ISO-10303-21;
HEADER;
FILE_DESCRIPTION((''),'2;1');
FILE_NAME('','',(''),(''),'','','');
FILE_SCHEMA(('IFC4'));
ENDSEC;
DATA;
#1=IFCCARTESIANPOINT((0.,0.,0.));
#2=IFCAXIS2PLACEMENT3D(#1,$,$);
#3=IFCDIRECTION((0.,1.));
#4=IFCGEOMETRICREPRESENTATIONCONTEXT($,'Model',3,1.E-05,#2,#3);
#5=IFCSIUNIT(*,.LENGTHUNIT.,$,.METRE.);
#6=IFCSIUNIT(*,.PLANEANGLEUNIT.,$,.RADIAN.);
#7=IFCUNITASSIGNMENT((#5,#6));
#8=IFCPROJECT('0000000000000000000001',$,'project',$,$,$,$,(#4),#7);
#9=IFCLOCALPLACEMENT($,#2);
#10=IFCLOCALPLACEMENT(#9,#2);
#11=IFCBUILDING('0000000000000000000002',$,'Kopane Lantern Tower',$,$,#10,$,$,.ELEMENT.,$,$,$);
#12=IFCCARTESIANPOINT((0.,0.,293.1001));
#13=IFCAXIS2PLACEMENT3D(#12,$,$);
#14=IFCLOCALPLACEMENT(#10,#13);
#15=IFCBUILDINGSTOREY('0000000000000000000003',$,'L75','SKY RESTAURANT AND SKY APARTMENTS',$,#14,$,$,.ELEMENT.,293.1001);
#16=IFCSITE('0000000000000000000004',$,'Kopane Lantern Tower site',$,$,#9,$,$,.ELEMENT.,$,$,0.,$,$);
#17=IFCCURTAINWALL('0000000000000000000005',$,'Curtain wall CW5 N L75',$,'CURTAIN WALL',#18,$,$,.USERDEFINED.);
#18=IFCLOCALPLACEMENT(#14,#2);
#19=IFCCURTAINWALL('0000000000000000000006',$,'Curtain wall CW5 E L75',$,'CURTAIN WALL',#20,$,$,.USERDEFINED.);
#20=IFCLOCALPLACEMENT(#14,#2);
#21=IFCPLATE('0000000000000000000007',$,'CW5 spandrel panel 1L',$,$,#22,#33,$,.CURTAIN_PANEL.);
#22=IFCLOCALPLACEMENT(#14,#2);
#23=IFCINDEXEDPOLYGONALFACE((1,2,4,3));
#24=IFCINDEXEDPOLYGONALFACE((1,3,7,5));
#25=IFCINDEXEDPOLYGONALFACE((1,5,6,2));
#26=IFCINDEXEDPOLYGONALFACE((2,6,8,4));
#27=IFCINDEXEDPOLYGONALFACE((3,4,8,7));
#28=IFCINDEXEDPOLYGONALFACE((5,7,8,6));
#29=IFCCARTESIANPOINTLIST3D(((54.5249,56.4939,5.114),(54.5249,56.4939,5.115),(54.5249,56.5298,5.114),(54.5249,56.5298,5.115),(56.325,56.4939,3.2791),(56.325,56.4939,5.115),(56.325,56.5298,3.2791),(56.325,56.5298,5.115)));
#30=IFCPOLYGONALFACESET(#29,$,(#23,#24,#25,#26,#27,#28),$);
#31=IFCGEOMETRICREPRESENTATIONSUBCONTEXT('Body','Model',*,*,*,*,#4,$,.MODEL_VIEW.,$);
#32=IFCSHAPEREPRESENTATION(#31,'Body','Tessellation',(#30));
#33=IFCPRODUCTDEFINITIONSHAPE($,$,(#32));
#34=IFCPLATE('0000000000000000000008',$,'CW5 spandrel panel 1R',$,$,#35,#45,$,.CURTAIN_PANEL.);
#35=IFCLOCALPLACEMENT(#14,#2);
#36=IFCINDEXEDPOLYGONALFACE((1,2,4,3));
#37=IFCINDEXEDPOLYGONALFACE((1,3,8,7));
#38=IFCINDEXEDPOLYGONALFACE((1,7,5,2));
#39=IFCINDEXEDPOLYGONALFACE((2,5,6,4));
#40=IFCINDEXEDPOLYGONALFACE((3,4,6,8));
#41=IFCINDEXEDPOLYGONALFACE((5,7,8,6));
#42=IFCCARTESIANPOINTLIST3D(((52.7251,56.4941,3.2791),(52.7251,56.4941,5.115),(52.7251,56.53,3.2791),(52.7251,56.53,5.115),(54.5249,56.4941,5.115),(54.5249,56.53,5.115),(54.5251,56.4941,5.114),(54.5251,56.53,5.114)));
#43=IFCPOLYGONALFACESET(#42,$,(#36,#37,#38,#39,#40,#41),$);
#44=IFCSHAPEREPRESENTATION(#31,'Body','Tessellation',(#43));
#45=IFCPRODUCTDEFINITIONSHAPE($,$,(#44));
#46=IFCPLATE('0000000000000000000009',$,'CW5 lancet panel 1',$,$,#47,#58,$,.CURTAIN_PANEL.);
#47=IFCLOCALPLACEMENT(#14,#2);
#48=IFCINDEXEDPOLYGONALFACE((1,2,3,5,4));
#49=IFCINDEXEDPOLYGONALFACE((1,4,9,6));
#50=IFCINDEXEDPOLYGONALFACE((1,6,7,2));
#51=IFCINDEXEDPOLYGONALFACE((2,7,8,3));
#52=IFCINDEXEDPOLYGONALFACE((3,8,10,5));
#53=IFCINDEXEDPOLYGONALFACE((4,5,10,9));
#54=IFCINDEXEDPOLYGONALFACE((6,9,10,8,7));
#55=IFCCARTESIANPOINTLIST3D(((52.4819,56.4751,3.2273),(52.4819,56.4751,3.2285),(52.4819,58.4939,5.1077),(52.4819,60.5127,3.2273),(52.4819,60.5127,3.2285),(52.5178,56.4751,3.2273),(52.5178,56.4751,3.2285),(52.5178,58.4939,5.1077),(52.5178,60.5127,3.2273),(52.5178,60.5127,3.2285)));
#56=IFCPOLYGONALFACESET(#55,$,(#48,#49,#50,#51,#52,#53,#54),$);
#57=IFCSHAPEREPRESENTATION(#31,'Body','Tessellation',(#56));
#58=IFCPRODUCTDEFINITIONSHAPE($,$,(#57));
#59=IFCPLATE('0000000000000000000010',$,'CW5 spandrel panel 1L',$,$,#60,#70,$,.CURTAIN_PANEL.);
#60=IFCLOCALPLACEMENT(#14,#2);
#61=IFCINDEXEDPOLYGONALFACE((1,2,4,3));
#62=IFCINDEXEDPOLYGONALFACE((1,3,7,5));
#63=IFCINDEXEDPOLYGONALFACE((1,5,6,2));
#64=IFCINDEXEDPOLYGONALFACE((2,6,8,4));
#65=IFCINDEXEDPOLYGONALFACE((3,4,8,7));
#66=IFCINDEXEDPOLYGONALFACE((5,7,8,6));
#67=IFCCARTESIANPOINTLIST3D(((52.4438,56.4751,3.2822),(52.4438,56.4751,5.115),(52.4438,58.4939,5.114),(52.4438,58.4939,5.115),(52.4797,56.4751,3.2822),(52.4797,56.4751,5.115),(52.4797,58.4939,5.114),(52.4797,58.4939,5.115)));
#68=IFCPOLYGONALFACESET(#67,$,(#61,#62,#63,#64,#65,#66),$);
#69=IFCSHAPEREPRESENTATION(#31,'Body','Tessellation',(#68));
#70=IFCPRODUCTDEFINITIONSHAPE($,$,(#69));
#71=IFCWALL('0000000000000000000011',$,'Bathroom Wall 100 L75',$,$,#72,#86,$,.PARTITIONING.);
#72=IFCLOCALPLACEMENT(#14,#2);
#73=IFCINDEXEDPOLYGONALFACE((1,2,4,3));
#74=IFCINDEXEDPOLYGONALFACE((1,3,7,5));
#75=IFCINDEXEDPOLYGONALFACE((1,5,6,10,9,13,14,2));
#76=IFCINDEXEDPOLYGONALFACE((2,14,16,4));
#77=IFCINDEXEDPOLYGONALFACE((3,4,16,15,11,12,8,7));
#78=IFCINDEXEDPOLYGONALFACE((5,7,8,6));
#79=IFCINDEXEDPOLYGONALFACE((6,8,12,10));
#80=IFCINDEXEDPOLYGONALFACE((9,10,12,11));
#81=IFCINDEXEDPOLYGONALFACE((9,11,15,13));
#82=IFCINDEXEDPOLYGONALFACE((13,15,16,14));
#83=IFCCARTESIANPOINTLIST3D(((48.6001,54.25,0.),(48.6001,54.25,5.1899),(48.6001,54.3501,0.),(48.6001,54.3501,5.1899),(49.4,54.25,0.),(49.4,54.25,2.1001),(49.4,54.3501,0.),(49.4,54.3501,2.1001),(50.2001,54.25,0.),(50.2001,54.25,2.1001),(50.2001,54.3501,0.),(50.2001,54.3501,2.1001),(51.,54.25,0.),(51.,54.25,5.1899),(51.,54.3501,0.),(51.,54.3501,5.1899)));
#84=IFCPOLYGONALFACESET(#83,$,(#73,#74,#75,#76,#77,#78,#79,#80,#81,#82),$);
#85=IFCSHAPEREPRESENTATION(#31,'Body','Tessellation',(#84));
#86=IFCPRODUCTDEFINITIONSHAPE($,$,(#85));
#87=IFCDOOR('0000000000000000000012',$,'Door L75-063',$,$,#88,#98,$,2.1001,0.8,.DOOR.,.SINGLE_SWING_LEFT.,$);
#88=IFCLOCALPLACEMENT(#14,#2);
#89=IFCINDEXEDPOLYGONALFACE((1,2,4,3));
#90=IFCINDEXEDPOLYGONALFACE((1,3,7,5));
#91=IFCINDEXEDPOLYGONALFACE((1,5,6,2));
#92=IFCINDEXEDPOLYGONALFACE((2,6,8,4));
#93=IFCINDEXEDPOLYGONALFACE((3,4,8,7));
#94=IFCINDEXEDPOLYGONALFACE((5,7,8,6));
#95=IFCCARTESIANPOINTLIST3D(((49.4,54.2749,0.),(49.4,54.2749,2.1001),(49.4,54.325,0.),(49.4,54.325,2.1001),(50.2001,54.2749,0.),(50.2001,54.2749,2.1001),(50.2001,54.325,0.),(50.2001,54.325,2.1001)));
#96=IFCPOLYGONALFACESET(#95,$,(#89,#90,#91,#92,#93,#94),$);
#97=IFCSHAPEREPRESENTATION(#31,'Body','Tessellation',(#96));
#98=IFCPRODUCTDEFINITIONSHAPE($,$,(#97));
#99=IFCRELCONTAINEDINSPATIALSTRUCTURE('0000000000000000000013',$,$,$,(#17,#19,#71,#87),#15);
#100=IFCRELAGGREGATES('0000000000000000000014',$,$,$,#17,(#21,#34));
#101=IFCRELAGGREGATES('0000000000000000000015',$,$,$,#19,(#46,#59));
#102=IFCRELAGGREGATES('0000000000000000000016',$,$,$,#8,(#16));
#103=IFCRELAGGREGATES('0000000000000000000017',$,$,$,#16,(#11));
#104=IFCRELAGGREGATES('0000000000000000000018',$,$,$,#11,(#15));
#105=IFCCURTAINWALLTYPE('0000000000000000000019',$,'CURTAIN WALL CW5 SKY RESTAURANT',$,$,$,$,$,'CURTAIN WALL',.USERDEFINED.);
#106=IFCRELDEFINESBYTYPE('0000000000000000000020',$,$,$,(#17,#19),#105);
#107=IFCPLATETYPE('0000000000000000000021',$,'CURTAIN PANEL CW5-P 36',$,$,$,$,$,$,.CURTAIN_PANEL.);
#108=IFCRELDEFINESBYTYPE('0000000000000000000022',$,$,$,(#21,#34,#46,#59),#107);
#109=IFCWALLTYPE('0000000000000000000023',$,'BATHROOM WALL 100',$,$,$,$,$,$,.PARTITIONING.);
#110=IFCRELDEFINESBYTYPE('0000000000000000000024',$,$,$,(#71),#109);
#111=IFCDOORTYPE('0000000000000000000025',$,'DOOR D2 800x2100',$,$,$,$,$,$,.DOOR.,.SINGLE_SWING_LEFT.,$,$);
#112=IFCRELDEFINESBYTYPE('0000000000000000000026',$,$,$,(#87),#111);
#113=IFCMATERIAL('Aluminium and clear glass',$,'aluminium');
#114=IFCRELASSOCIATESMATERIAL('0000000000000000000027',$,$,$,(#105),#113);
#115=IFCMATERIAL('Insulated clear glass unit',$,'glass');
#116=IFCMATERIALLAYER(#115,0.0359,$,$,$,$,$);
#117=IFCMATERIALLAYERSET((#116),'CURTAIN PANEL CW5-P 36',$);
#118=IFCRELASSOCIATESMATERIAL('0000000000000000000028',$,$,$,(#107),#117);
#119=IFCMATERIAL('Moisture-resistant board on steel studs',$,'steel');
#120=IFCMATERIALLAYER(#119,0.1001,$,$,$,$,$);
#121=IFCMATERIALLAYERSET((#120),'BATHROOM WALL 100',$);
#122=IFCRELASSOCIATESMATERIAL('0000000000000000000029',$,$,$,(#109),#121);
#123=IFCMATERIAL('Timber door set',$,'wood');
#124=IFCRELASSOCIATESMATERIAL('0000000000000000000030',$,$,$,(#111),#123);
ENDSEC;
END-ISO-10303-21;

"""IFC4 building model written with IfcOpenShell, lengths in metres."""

from ifc_helpers import new_model, si_unit, direction, frame, frame_2d, origin, place, context, subcontext, project, spatial, polyline, rectangle, outline, extrude, material, layer, layer_set, type_object, element, fill, aggregate, save


model = new_model("IFC4")

# Units and contexts
model_context = context("Model", 3, precision=1e-05, world=origin(), true_north=direction((0.0, 1.0)))
body_context = subcontext(model_context, "Body", "Model", "MODEL_VIEW")
ifc_project = project(units=[si_unit("LENGTHUNIT", "METRE"), si_unit("PLANEANGLEUNIT", "RADIAN")], contexts=[model_context])

# Site, building, storey
site_placement = place(None, origin())
site = spatial("IfcSite", under=ifc_project, at=site_placement, Name="Kopane Lantern Tower site", CompositionType="ELEMENT", RefElevation=0.0)
building_placement = place(site_placement, origin())
building = spatial("IfcBuilding", under=site, at=building_placement, Name="Kopane Lantern Tower", CompositionType="ELEMENT")
storey_placement = place(building_placement, frame((0.0, 0.0, 293.1001)))
storey = spatial("IfcBuildingStorey", under=building, at=storey_placement, Name="L75", Description="SKY RESTAURANT AND SKY APARTMENTS", CompositionType="ELEMENT", Elevation=293.1001)

# Curtain walls
ifc_material_1 = material(Name="Aluminium and clear glass", Category="aluminium")
curtain_wall_type = type_object("IfcCurtainWallType", Name="CURTAIN WALL CW5 SKY RESTAURANT", ElementType="CURTAIN WALL", PredefinedType="USERDEFINED", material=ifc_material_1)
curtain_wall_1_placement = place(storey_placement, origin())
curtain_wall_1 = element("IfcCurtainWall", 1, at=curtain_wall_1_placement, inside=storey, type_object=curtain_wall_type, Name="Curtain wall CW5 N L75", ObjectType="CURTAIN WALL", PredefinedType="USERDEFINED")
curtain_wall_2_placement = place(storey_placement, origin())
curtain_wall_2 = element("IfcCurtainWall", 2, at=curtain_wall_2_placement, inside=storey, type_object=curtain_wall_type, Name="Curtain wall CW5 E L75", ObjectType="CURTAIN WALL", PredefinedType="USERDEFINED")

# Plates
ifc_material_2 = material(Name="Insulated clear glass unit", Category="glass")
ifc_layer_1 = layer(ifc_material_2, 0.0359)
ifc_layer_set_1 = layer_set([ifc_layer_1], Name="CURTAIN PANEL CW5-P 36")
plate_type = type_object("IfcPlateType", Name="CURTAIN PANEL CW5-P 36", PredefinedType="CURTAIN_PANEL", material=ifc_layer_set_1)
plate_1_placement = place(storey_placement, frame((56.325, 56.512, 5.115), z_axis=(0.0, 0.0, 1.0), x_axis=(-1.0, 0.0, 0.0)))
plate_1 = element("IfcPlate", 3, at=plate_1_placement, type_object=plate_type, Name="CW5 spandrel panel 1L", PredefinedType="CURTAIN_PANEL", context=body_context, shape_type="SweptSolid", body=[
    extrude(outline(polyline([(0.0, 0.0), (1.8, 0.0), (1.8, -0.001), (0.0, -1.8359), (0.0, 0.0)])), frame((0.0, 0.0181, 0.0), z_axis=(0.0, -1.0, 0.0), x_axis=(1.0, 0.0, 0.0)), (0.0, 0.0, 1.0), 0.0359),
])
plate_2_placement = place(storey_placement, frame((52.7251, 56.512, 5.115), z_axis=(0.0, 0.0, 1.0), x_axis=(1.0, 0.0, 0.0)))
plate_2 = element("IfcPlate", 4, at=plate_2_placement, type_object=plate_type, Name="CW5 spandrel panel 1R", PredefinedType="CURTAIN_PANEL", context=body_context, shape_type="SweptSolid", body=[
    extrude(outline(polyline([(0.0, 0.0), (1.7998, 0.0), (1.8, -0.001), (0.0, -1.8359), (0.0, 0.0)])), frame((0.0, 0.0181, 0.0), z_axis=(0.0, -1.0, 0.0), x_axis=(1.0, 0.0, 0.0)), (0.0, 0.0, 1.0), 0.0359),
])
aggregate(curtain_wall_1, [plate_1, plate_2])
plate_3_placement = place(storey_placement, frame((52.5, 56.4751, 3.2273), z_axis=(0.0, 0.0, 1.0), x_axis=(0.0, 1.0, 0.0)))
plate_3 = element("IfcPlate", 5, at=plate_3_placement, type_object=plate_type, Name="CW5 lancet panel 1", PredefinedType="CURTAIN_PANEL", context=body_context, shape_type="SweptSolid", body=[
    extrude(outline(polyline([(0.0, 0.0), (4.0376, 0.0), (4.0376, 0.0012), (2.0188, 1.8804), (0.0, 0.0012), (0.0, 0.0)])), frame((0.0, 0.0181, 0.0), z_axis=(0.0, -1.0, 0.0), x_axis=(1.0, 0.0, 0.0)), (0.0, 0.0, 1.0), 0.0359),
])
plate_4_placement = place(storey_placement, frame((52.4619, 56.4751, 5.115), z_axis=(0.0, 0.0, 1.0), x_axis=(0.0, 1.0, 0.0)))
plate_4 = element("IfcPlate", 6, at=plate_4_placement, type_object=plate_type, Name="CW5 spandrel panel 1L", PredefinedType="CURTAIN_PANEL", context=body_context, shape_type="SweptSolid", body=[
    extrude(outline(polyline([(0.0, 0.0), (2.0188, 0.0), (2.0188, -0.001), (0.0, -1.8328), (0.0, 0.0)])), frame((0.0, 0.0181, 0.0), z_axis=(0.0, -1.0, 0.0), x_axis=(1.0, 0.0, 0.0)), (0.0, 0.0, 1.0), 0.0359),
])
aggregate(curtain_wall_2, [plate_3, plate_4])

# Wall, opening, door
ifc_material_3 = material(Name="Moisture-resistant board on steel studs", Category="steel")
ifc_layer_2 = layer(ifc_material_3, 0.1001)
ifc_layer_set_2 = layer_set([ifc_layer_2], Name="BATHROOM WALL 100")
wall_type = type_object("IfcWallType", Name="BATHROOM WALL 100", PredefinedType="PARTITIONING", material=ifc_layer_set_2)
wall_placement = place(storey_placement, frame((48.6001, 54.3, 0.0), z_axis=(0.0, 0.0, 1.0), x_axis=(1.0, 0.0, 0.0)))
wall = element("IfcWall", 7, at=wall_placement, inside=storey, type_object=wall_type, Name="Bathroom Wall 100 L75", PredefinedType="PARTITIONING", context=body_context, shape_type="SweptSolid", body=[
    extrude(rectangle(XDim=2.3999, YDim=0.1001, at=frame_2d((1.2, 0.0))), origin(), (0.0, 0.0, 1.0), 5.1899),
])
opening_placement = place(wall_placement, frame((0.8, 0.0, 0.0)))
opening = element("IfcOpeningElement", 8, at=opening_placement, cuts=wall, PredefinedType="OPENING", context=body_context, shape_type="SweptSolid", body=[
    extrude(rectangle(XDim=0.8, YDim=2.1001, at=frame_2d((0.3999, 1.05))), frame((0.0, 0.0601, 0.0), z_axis=(0.0, -1.0, 0.0), x_axis=(1.0, 0.0, 0.0)), (0.0, 0.0, 1.0), 0.1201),
])
ifc_material_4 = material(Name="Timber door set", Category="wood")
door_type = type_object("IfcDoorType", Name="DOOR D2 800x2100", OperationType="SINGLE_SWING_LEFT", PredefinedType="DOOR", material=ifc_material_4)
door_placement = place(opening_placement, origin())
door = element("IfcDoor", 9, at=door_placement, inside=storey, type_object=door_type, Name="Door L75-063", OperationType="SINGLE_SWING_LEFT", OverallHeight=2.1001, OverallWidth=0.8, PredefinedType="DOOR", context=body_context, shape_type="SweptSolid", body=[
    extrude(rectangle(XDim=0.8, YDim=2.1001, at=frame_2d((0.3999, 1.05))), frame((0.0, 0.0249, 0.0), z_axis=(0.0, -1.0, 0.0), x_axis=(1.0, 0.0, 0.0)), (0.0, 0.0, 1.0), 0.05),
])
fill(opening, door)

save(model, "model.ifc")
